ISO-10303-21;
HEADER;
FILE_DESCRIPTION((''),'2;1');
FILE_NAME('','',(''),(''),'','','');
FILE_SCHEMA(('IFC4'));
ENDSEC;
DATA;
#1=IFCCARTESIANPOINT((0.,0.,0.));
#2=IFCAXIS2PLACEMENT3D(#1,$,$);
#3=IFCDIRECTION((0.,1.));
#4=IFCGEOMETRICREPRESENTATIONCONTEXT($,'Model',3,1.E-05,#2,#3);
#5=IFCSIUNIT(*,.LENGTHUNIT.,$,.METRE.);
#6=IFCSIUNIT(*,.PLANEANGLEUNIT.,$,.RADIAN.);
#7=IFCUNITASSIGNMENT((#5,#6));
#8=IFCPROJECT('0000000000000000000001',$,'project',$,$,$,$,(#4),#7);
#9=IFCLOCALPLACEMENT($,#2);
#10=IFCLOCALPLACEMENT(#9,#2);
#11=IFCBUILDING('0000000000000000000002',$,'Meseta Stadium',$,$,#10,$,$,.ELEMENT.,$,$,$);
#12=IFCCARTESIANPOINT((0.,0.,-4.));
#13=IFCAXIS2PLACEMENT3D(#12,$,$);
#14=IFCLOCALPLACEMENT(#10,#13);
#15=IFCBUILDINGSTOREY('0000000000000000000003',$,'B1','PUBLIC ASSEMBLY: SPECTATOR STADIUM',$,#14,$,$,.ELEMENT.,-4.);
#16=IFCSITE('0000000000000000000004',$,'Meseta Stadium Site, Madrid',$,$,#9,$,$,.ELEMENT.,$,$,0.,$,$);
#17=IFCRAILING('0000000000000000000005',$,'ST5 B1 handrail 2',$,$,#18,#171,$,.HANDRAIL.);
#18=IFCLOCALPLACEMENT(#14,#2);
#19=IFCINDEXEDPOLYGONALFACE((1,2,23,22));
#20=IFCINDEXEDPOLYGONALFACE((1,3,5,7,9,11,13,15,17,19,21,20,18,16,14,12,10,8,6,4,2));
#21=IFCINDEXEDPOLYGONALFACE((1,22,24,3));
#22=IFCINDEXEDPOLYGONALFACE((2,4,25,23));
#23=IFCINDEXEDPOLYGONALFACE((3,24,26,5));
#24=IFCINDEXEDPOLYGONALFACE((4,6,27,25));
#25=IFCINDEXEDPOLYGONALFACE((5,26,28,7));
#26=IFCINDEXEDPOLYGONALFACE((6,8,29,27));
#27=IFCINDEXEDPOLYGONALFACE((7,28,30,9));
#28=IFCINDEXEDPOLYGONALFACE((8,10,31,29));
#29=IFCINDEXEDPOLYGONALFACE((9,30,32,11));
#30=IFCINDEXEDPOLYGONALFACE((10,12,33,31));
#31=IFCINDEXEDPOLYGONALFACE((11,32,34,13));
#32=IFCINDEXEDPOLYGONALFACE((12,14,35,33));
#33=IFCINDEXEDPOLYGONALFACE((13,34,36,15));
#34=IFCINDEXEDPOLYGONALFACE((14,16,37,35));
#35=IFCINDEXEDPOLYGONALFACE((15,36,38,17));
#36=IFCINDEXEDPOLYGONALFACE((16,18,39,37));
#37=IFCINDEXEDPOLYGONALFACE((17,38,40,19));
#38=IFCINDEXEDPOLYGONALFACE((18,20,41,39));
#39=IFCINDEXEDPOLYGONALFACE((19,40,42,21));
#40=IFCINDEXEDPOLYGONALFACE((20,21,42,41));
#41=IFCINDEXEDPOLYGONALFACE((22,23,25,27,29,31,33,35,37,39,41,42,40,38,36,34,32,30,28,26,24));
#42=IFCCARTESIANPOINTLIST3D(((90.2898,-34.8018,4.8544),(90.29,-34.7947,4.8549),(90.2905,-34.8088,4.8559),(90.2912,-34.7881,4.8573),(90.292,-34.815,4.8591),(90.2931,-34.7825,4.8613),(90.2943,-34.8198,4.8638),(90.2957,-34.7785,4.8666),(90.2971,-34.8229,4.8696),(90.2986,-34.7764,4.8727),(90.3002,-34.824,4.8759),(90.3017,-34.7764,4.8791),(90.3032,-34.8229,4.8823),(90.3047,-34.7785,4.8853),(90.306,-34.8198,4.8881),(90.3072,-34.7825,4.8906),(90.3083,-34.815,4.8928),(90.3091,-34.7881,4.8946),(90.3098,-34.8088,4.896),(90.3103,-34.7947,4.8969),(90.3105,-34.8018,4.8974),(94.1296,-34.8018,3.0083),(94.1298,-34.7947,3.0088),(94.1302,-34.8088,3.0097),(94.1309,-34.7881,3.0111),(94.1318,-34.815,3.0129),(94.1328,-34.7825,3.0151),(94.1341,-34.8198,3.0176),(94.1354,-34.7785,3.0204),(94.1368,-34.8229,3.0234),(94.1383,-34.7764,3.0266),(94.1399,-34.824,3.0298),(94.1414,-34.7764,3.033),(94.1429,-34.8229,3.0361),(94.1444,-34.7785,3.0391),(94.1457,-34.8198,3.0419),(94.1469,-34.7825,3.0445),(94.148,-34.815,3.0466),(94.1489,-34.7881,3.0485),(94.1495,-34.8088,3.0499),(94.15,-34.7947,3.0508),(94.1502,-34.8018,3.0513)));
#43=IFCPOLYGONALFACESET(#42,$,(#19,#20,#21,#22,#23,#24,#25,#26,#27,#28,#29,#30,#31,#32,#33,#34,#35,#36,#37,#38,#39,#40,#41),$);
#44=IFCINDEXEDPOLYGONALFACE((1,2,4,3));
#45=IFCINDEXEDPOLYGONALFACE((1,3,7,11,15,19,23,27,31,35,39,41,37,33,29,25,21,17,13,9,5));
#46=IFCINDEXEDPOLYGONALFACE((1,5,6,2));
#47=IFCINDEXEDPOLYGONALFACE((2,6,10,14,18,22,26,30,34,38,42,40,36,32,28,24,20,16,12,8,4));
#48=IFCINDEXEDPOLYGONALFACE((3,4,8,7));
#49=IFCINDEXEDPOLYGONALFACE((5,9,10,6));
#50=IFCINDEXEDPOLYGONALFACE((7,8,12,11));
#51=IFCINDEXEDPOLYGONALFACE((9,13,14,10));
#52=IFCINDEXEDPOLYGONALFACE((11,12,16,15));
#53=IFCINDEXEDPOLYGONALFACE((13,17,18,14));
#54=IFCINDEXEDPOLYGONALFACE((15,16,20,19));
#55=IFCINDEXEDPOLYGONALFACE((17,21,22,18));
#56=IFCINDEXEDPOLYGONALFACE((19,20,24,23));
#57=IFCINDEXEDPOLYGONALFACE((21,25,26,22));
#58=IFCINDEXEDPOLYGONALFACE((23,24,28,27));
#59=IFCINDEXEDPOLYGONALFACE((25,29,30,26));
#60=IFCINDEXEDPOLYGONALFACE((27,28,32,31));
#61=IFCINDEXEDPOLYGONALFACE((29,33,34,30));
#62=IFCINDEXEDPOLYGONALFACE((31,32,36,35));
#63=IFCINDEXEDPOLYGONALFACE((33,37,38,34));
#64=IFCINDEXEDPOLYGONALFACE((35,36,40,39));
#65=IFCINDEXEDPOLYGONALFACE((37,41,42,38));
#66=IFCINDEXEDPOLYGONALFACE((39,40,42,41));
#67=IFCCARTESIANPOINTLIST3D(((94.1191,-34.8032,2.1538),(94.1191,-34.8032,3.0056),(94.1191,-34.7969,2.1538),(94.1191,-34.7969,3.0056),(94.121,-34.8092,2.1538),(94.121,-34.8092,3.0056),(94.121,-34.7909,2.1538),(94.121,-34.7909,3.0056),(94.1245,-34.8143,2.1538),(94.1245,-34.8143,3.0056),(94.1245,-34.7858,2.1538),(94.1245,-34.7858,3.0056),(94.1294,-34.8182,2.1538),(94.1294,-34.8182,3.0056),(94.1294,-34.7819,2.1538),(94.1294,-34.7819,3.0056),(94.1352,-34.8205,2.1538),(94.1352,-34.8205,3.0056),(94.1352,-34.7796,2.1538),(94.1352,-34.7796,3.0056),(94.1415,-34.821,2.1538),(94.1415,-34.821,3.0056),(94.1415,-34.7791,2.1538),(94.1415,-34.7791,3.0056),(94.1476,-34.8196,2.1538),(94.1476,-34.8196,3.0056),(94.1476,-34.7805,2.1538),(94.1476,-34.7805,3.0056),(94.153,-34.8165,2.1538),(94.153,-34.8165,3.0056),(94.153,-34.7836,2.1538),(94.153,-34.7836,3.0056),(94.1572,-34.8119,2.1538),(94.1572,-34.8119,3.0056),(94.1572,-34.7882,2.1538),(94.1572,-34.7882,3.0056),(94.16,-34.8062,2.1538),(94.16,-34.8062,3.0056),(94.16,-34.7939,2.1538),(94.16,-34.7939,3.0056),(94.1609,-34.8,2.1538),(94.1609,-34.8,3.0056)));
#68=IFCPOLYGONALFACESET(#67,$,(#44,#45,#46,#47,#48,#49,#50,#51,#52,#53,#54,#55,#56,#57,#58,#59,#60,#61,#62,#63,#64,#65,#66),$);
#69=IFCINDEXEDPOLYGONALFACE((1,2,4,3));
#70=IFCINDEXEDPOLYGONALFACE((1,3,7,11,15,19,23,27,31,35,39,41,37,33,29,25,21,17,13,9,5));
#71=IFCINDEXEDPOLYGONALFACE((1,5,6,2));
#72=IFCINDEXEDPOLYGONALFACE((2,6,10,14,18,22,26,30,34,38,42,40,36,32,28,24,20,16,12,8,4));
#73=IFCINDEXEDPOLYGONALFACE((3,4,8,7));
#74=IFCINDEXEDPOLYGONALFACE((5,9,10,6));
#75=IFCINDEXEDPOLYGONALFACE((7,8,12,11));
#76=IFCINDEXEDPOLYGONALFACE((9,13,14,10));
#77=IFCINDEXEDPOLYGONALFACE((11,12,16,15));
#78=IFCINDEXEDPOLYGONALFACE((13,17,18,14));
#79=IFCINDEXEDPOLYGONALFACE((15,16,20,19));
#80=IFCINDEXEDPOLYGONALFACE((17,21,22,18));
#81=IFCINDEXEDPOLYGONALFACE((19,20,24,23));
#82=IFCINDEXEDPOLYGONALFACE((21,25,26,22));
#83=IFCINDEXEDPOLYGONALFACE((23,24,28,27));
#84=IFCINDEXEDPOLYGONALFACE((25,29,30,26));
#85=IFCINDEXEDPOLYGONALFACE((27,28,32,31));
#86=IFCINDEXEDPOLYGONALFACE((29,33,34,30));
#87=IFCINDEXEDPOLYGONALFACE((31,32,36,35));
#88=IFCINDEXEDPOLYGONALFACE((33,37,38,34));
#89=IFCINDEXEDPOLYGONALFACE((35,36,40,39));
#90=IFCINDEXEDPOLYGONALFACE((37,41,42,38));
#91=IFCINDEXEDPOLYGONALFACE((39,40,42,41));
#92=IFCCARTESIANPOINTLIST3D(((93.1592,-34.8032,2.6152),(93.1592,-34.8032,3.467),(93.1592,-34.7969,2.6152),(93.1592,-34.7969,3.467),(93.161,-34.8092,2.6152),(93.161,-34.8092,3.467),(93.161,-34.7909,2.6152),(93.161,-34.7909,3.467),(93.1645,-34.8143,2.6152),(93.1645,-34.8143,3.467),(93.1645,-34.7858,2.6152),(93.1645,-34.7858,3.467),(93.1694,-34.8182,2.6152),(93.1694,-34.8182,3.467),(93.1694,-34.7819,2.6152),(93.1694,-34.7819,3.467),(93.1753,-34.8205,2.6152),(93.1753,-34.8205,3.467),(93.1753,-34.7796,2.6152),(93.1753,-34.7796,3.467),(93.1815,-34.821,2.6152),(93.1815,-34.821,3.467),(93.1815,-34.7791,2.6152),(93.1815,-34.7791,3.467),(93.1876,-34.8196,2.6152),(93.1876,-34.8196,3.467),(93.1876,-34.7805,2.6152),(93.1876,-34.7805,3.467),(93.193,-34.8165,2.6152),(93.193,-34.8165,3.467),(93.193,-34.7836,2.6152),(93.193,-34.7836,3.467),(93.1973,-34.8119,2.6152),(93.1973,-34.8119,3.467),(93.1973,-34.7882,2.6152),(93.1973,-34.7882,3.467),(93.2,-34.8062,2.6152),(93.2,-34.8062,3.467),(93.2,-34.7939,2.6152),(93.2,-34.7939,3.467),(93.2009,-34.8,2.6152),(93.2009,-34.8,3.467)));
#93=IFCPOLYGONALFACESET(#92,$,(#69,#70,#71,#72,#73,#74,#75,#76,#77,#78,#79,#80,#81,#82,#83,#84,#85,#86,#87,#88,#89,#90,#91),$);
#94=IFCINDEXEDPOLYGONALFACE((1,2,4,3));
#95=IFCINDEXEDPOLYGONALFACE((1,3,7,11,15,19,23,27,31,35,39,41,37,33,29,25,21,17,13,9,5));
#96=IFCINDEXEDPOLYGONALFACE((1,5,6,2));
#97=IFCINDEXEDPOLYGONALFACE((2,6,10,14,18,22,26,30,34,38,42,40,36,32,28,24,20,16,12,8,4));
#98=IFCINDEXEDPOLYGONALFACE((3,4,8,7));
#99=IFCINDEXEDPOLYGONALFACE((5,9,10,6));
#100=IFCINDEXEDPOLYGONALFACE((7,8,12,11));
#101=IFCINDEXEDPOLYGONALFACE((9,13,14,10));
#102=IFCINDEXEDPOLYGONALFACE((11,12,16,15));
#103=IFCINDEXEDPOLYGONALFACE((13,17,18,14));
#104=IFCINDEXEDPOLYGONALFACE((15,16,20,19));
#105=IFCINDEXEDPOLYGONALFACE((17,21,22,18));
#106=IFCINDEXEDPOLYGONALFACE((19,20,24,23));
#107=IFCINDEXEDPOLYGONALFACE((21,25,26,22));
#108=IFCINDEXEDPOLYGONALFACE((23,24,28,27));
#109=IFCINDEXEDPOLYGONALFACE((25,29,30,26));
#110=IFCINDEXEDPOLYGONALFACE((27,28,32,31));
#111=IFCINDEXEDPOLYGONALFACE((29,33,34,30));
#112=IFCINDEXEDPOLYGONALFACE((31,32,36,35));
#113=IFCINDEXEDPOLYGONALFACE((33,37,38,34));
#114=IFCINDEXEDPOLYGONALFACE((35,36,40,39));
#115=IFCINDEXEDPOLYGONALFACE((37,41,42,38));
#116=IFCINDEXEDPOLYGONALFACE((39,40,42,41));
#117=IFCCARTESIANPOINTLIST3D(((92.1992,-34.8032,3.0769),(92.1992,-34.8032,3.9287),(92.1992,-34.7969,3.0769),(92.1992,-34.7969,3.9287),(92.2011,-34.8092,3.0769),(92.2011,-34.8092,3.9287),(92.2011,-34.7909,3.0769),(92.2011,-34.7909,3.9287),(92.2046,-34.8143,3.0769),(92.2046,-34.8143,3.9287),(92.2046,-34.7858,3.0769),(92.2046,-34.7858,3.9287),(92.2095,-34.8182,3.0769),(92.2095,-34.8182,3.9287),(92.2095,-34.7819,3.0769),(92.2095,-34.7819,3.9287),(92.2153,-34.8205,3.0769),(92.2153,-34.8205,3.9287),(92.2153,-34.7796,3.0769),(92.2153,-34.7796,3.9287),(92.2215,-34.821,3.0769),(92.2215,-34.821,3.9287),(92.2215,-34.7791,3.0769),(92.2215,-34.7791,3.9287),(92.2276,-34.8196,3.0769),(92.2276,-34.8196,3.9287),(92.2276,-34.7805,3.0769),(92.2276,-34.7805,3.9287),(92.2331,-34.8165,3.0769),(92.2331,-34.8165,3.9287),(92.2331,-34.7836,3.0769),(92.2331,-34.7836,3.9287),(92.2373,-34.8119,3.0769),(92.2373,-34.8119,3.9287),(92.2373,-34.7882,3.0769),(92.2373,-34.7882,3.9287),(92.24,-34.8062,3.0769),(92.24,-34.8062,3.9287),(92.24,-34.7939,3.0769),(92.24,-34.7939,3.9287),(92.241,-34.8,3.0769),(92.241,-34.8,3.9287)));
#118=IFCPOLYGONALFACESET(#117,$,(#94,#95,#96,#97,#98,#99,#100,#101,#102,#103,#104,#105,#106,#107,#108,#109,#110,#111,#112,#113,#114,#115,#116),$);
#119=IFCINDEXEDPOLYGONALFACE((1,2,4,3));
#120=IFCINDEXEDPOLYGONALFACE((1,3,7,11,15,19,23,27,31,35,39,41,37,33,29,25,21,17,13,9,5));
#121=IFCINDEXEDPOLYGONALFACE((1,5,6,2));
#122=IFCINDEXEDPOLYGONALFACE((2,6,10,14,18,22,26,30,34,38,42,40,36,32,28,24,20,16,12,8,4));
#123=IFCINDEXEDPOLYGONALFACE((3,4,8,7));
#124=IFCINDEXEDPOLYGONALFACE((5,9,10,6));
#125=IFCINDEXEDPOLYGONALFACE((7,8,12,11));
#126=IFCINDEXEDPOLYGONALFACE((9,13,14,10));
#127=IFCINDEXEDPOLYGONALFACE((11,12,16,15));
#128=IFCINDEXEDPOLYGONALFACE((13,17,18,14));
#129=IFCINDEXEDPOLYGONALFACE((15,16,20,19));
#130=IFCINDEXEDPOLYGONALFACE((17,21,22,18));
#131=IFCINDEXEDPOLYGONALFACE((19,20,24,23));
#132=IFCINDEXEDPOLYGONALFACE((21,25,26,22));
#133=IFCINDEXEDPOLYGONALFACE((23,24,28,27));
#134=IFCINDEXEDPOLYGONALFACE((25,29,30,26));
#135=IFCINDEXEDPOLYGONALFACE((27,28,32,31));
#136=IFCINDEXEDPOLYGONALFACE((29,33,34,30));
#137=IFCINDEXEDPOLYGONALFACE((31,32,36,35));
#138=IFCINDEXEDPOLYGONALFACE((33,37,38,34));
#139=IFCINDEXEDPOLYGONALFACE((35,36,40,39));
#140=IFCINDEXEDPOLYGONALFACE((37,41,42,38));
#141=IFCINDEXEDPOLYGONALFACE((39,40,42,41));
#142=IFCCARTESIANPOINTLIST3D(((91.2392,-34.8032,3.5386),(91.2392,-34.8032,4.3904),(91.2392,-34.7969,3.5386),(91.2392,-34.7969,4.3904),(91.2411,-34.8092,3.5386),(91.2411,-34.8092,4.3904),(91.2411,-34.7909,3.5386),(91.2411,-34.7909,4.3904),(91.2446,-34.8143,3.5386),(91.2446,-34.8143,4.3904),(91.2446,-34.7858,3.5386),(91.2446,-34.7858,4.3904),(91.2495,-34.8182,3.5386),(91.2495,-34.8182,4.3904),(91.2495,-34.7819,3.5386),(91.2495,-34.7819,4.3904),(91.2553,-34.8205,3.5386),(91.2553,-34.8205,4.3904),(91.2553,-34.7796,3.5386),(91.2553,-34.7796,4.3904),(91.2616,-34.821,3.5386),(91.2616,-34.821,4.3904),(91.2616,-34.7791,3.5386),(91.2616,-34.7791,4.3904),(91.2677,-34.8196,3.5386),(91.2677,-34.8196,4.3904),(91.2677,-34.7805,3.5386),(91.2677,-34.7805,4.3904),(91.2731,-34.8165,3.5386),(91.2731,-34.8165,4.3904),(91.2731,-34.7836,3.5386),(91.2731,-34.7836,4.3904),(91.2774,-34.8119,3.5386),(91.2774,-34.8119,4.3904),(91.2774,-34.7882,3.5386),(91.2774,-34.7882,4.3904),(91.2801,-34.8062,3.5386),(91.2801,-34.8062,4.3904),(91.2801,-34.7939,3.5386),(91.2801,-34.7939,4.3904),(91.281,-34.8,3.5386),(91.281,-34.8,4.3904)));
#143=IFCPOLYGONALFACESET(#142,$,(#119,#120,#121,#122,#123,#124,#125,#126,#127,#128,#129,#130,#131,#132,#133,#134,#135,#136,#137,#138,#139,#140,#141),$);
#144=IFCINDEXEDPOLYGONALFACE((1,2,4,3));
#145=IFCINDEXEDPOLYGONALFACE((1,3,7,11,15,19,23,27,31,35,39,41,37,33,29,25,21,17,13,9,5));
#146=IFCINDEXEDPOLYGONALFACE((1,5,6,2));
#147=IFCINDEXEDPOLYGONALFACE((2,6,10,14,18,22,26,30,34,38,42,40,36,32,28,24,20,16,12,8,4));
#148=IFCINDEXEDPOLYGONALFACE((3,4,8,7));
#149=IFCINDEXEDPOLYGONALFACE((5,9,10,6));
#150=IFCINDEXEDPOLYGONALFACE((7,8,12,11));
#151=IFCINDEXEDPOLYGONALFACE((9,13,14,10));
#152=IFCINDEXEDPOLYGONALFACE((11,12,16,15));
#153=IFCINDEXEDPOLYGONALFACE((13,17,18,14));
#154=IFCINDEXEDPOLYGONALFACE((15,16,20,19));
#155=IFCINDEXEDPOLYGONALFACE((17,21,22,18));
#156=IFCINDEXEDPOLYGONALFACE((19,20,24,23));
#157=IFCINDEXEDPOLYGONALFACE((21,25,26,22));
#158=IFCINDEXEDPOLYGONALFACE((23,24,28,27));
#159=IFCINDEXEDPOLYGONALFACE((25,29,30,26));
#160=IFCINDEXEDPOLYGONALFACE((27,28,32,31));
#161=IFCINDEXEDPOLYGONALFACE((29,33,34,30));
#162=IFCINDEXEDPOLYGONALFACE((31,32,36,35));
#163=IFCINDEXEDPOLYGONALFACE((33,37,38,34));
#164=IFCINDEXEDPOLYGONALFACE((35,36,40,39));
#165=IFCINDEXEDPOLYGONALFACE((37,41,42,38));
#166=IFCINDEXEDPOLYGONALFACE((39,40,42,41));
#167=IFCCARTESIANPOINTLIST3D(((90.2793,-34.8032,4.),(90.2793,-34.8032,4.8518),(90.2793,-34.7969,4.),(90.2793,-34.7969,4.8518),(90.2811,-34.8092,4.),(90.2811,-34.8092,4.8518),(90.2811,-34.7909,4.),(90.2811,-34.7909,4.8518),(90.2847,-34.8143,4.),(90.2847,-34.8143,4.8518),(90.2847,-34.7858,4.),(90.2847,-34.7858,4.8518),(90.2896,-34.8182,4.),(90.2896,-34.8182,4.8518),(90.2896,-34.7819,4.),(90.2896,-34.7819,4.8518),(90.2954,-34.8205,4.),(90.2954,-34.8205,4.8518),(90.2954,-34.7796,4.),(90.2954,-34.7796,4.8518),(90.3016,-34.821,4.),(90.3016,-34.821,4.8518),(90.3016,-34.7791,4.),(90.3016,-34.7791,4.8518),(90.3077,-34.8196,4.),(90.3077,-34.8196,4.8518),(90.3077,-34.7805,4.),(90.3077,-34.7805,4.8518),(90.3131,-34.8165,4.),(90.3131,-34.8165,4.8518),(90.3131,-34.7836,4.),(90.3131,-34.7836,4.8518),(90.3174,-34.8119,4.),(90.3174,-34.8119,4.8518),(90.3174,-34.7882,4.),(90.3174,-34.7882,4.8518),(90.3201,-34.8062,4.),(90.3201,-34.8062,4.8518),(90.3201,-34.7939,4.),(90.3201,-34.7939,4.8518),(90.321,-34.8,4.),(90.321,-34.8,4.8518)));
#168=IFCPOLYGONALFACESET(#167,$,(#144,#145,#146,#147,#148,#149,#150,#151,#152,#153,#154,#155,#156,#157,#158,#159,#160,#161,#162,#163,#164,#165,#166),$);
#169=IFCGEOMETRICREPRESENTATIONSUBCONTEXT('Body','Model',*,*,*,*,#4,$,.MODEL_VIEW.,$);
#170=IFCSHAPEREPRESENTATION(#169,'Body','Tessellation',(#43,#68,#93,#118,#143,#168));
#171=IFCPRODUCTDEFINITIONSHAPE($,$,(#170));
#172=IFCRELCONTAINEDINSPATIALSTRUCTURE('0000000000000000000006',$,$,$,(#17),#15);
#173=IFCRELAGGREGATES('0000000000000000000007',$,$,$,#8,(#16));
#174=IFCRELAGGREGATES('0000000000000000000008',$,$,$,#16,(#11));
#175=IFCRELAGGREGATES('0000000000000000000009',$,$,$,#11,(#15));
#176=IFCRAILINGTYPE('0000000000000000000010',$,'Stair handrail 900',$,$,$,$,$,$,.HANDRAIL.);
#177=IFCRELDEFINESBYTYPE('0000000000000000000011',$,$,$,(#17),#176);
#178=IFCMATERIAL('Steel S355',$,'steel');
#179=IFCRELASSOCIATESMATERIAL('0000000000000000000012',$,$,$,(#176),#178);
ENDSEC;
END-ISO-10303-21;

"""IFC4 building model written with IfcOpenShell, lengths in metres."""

from ifc_helpers import new_model, si_unit, direction, frame, origin, origin_2d, place, context, subcontext, project, spatial, circle, extrude, material, type_object, element, save


model = new_model("IFC4")

# Units and contexts
model_context = context("Model", 3, precision=1e-05, world=origin(), true_north=direction((0.0, 1.0)))
body_context = subcontext(model_context, "Body", "Model", "MODEL_VIEW")
ifc_project = project(units=[si_unit("LENGTHUNIT", "METRE"), si_unit("PLANEANGLEUNIT", "RADIAN")], contexts=[model_context])

# Site, building, storey
site_placement = place(None, origin())
site = spatial("IfcSite", under=ifc_project, at=site_placement, Name="Meseta Stadium Site, Madrid", CompositionType="ELEMENT", RefElevation=0.0)
building_placement = place(site_placement, origin())
building = spatial("IfcBuilding", under=site, at=building_placement, Name="Meseta Stadium", CompositionType="ELEMENT")
storey_placement = place(building_placement, frame((0.0, 0.0, -4.0)))
storey = spatial("IfcBuildingStorey", under=building, at=storey_placement, Name="B1", Description="PUBLIC ASSEMBLY: SPECTATOR STADIUM", CompositionType="ELEMENT", Elevation=-4.0)

# Railing
ifc_material_1 = material(Name="Steel S355", Category="steel")
railing_type_1 = type_object("IfcRailingType", Name="Stair handrail 900", PredefinedType="HANDRAIL", material=ifc_material_1)
railing_1_placement = place(storey_placement, frame((94.1399, -34.8, 2.1538)))
element("IfcRailing", 1, at=railing_1_placement, inside=storey, type_object=railing_type_1, Name="ST5 B1 handrail 2", PredefinedType="HANDRAIL", context=body_context, shape_type="SweptSolid", body=[
    extrude(circle(Radius=0.0239, at=origin_2d()), frame((0.0, 0.0, 0.876), z_axis=(-0.901242, 0.0, 0.433316), x_axis=(0.0, -1.0, 0.0)), (0.0, 0.0, 1.0), 4.2605),
    extrude(circle(Radius=0.021, at=origin_2d()), origin(), (0.0, 0.0, 1.0), 0.8518),
    extrude(circle(Radius=0.021, at=origin_2d()), frame((-0.96, 0.0, 0.4614)), (0.0, 0.0, 1.0), 0.8518),
    extrude(circle(Radius=0.021, at=origin_2d()), frame((-1.9199, 0.0, 0.9231)), (0.0, 0.0, 1.0), 0.8518),
    extrude(circle(Radius=0.021, at=origin_2d()), frame((-2.8799, 0.0, 1.3848)), (0.0, 0.0, 1.0), 0.8518),
    extrude(circle(Radius=0.021, at=origin_2d()), frame((-3.8398, 0.0, 1.8462)), (0.0, 0.0, 1.0), 0.8518),
])

save(model, "model.ifc")
